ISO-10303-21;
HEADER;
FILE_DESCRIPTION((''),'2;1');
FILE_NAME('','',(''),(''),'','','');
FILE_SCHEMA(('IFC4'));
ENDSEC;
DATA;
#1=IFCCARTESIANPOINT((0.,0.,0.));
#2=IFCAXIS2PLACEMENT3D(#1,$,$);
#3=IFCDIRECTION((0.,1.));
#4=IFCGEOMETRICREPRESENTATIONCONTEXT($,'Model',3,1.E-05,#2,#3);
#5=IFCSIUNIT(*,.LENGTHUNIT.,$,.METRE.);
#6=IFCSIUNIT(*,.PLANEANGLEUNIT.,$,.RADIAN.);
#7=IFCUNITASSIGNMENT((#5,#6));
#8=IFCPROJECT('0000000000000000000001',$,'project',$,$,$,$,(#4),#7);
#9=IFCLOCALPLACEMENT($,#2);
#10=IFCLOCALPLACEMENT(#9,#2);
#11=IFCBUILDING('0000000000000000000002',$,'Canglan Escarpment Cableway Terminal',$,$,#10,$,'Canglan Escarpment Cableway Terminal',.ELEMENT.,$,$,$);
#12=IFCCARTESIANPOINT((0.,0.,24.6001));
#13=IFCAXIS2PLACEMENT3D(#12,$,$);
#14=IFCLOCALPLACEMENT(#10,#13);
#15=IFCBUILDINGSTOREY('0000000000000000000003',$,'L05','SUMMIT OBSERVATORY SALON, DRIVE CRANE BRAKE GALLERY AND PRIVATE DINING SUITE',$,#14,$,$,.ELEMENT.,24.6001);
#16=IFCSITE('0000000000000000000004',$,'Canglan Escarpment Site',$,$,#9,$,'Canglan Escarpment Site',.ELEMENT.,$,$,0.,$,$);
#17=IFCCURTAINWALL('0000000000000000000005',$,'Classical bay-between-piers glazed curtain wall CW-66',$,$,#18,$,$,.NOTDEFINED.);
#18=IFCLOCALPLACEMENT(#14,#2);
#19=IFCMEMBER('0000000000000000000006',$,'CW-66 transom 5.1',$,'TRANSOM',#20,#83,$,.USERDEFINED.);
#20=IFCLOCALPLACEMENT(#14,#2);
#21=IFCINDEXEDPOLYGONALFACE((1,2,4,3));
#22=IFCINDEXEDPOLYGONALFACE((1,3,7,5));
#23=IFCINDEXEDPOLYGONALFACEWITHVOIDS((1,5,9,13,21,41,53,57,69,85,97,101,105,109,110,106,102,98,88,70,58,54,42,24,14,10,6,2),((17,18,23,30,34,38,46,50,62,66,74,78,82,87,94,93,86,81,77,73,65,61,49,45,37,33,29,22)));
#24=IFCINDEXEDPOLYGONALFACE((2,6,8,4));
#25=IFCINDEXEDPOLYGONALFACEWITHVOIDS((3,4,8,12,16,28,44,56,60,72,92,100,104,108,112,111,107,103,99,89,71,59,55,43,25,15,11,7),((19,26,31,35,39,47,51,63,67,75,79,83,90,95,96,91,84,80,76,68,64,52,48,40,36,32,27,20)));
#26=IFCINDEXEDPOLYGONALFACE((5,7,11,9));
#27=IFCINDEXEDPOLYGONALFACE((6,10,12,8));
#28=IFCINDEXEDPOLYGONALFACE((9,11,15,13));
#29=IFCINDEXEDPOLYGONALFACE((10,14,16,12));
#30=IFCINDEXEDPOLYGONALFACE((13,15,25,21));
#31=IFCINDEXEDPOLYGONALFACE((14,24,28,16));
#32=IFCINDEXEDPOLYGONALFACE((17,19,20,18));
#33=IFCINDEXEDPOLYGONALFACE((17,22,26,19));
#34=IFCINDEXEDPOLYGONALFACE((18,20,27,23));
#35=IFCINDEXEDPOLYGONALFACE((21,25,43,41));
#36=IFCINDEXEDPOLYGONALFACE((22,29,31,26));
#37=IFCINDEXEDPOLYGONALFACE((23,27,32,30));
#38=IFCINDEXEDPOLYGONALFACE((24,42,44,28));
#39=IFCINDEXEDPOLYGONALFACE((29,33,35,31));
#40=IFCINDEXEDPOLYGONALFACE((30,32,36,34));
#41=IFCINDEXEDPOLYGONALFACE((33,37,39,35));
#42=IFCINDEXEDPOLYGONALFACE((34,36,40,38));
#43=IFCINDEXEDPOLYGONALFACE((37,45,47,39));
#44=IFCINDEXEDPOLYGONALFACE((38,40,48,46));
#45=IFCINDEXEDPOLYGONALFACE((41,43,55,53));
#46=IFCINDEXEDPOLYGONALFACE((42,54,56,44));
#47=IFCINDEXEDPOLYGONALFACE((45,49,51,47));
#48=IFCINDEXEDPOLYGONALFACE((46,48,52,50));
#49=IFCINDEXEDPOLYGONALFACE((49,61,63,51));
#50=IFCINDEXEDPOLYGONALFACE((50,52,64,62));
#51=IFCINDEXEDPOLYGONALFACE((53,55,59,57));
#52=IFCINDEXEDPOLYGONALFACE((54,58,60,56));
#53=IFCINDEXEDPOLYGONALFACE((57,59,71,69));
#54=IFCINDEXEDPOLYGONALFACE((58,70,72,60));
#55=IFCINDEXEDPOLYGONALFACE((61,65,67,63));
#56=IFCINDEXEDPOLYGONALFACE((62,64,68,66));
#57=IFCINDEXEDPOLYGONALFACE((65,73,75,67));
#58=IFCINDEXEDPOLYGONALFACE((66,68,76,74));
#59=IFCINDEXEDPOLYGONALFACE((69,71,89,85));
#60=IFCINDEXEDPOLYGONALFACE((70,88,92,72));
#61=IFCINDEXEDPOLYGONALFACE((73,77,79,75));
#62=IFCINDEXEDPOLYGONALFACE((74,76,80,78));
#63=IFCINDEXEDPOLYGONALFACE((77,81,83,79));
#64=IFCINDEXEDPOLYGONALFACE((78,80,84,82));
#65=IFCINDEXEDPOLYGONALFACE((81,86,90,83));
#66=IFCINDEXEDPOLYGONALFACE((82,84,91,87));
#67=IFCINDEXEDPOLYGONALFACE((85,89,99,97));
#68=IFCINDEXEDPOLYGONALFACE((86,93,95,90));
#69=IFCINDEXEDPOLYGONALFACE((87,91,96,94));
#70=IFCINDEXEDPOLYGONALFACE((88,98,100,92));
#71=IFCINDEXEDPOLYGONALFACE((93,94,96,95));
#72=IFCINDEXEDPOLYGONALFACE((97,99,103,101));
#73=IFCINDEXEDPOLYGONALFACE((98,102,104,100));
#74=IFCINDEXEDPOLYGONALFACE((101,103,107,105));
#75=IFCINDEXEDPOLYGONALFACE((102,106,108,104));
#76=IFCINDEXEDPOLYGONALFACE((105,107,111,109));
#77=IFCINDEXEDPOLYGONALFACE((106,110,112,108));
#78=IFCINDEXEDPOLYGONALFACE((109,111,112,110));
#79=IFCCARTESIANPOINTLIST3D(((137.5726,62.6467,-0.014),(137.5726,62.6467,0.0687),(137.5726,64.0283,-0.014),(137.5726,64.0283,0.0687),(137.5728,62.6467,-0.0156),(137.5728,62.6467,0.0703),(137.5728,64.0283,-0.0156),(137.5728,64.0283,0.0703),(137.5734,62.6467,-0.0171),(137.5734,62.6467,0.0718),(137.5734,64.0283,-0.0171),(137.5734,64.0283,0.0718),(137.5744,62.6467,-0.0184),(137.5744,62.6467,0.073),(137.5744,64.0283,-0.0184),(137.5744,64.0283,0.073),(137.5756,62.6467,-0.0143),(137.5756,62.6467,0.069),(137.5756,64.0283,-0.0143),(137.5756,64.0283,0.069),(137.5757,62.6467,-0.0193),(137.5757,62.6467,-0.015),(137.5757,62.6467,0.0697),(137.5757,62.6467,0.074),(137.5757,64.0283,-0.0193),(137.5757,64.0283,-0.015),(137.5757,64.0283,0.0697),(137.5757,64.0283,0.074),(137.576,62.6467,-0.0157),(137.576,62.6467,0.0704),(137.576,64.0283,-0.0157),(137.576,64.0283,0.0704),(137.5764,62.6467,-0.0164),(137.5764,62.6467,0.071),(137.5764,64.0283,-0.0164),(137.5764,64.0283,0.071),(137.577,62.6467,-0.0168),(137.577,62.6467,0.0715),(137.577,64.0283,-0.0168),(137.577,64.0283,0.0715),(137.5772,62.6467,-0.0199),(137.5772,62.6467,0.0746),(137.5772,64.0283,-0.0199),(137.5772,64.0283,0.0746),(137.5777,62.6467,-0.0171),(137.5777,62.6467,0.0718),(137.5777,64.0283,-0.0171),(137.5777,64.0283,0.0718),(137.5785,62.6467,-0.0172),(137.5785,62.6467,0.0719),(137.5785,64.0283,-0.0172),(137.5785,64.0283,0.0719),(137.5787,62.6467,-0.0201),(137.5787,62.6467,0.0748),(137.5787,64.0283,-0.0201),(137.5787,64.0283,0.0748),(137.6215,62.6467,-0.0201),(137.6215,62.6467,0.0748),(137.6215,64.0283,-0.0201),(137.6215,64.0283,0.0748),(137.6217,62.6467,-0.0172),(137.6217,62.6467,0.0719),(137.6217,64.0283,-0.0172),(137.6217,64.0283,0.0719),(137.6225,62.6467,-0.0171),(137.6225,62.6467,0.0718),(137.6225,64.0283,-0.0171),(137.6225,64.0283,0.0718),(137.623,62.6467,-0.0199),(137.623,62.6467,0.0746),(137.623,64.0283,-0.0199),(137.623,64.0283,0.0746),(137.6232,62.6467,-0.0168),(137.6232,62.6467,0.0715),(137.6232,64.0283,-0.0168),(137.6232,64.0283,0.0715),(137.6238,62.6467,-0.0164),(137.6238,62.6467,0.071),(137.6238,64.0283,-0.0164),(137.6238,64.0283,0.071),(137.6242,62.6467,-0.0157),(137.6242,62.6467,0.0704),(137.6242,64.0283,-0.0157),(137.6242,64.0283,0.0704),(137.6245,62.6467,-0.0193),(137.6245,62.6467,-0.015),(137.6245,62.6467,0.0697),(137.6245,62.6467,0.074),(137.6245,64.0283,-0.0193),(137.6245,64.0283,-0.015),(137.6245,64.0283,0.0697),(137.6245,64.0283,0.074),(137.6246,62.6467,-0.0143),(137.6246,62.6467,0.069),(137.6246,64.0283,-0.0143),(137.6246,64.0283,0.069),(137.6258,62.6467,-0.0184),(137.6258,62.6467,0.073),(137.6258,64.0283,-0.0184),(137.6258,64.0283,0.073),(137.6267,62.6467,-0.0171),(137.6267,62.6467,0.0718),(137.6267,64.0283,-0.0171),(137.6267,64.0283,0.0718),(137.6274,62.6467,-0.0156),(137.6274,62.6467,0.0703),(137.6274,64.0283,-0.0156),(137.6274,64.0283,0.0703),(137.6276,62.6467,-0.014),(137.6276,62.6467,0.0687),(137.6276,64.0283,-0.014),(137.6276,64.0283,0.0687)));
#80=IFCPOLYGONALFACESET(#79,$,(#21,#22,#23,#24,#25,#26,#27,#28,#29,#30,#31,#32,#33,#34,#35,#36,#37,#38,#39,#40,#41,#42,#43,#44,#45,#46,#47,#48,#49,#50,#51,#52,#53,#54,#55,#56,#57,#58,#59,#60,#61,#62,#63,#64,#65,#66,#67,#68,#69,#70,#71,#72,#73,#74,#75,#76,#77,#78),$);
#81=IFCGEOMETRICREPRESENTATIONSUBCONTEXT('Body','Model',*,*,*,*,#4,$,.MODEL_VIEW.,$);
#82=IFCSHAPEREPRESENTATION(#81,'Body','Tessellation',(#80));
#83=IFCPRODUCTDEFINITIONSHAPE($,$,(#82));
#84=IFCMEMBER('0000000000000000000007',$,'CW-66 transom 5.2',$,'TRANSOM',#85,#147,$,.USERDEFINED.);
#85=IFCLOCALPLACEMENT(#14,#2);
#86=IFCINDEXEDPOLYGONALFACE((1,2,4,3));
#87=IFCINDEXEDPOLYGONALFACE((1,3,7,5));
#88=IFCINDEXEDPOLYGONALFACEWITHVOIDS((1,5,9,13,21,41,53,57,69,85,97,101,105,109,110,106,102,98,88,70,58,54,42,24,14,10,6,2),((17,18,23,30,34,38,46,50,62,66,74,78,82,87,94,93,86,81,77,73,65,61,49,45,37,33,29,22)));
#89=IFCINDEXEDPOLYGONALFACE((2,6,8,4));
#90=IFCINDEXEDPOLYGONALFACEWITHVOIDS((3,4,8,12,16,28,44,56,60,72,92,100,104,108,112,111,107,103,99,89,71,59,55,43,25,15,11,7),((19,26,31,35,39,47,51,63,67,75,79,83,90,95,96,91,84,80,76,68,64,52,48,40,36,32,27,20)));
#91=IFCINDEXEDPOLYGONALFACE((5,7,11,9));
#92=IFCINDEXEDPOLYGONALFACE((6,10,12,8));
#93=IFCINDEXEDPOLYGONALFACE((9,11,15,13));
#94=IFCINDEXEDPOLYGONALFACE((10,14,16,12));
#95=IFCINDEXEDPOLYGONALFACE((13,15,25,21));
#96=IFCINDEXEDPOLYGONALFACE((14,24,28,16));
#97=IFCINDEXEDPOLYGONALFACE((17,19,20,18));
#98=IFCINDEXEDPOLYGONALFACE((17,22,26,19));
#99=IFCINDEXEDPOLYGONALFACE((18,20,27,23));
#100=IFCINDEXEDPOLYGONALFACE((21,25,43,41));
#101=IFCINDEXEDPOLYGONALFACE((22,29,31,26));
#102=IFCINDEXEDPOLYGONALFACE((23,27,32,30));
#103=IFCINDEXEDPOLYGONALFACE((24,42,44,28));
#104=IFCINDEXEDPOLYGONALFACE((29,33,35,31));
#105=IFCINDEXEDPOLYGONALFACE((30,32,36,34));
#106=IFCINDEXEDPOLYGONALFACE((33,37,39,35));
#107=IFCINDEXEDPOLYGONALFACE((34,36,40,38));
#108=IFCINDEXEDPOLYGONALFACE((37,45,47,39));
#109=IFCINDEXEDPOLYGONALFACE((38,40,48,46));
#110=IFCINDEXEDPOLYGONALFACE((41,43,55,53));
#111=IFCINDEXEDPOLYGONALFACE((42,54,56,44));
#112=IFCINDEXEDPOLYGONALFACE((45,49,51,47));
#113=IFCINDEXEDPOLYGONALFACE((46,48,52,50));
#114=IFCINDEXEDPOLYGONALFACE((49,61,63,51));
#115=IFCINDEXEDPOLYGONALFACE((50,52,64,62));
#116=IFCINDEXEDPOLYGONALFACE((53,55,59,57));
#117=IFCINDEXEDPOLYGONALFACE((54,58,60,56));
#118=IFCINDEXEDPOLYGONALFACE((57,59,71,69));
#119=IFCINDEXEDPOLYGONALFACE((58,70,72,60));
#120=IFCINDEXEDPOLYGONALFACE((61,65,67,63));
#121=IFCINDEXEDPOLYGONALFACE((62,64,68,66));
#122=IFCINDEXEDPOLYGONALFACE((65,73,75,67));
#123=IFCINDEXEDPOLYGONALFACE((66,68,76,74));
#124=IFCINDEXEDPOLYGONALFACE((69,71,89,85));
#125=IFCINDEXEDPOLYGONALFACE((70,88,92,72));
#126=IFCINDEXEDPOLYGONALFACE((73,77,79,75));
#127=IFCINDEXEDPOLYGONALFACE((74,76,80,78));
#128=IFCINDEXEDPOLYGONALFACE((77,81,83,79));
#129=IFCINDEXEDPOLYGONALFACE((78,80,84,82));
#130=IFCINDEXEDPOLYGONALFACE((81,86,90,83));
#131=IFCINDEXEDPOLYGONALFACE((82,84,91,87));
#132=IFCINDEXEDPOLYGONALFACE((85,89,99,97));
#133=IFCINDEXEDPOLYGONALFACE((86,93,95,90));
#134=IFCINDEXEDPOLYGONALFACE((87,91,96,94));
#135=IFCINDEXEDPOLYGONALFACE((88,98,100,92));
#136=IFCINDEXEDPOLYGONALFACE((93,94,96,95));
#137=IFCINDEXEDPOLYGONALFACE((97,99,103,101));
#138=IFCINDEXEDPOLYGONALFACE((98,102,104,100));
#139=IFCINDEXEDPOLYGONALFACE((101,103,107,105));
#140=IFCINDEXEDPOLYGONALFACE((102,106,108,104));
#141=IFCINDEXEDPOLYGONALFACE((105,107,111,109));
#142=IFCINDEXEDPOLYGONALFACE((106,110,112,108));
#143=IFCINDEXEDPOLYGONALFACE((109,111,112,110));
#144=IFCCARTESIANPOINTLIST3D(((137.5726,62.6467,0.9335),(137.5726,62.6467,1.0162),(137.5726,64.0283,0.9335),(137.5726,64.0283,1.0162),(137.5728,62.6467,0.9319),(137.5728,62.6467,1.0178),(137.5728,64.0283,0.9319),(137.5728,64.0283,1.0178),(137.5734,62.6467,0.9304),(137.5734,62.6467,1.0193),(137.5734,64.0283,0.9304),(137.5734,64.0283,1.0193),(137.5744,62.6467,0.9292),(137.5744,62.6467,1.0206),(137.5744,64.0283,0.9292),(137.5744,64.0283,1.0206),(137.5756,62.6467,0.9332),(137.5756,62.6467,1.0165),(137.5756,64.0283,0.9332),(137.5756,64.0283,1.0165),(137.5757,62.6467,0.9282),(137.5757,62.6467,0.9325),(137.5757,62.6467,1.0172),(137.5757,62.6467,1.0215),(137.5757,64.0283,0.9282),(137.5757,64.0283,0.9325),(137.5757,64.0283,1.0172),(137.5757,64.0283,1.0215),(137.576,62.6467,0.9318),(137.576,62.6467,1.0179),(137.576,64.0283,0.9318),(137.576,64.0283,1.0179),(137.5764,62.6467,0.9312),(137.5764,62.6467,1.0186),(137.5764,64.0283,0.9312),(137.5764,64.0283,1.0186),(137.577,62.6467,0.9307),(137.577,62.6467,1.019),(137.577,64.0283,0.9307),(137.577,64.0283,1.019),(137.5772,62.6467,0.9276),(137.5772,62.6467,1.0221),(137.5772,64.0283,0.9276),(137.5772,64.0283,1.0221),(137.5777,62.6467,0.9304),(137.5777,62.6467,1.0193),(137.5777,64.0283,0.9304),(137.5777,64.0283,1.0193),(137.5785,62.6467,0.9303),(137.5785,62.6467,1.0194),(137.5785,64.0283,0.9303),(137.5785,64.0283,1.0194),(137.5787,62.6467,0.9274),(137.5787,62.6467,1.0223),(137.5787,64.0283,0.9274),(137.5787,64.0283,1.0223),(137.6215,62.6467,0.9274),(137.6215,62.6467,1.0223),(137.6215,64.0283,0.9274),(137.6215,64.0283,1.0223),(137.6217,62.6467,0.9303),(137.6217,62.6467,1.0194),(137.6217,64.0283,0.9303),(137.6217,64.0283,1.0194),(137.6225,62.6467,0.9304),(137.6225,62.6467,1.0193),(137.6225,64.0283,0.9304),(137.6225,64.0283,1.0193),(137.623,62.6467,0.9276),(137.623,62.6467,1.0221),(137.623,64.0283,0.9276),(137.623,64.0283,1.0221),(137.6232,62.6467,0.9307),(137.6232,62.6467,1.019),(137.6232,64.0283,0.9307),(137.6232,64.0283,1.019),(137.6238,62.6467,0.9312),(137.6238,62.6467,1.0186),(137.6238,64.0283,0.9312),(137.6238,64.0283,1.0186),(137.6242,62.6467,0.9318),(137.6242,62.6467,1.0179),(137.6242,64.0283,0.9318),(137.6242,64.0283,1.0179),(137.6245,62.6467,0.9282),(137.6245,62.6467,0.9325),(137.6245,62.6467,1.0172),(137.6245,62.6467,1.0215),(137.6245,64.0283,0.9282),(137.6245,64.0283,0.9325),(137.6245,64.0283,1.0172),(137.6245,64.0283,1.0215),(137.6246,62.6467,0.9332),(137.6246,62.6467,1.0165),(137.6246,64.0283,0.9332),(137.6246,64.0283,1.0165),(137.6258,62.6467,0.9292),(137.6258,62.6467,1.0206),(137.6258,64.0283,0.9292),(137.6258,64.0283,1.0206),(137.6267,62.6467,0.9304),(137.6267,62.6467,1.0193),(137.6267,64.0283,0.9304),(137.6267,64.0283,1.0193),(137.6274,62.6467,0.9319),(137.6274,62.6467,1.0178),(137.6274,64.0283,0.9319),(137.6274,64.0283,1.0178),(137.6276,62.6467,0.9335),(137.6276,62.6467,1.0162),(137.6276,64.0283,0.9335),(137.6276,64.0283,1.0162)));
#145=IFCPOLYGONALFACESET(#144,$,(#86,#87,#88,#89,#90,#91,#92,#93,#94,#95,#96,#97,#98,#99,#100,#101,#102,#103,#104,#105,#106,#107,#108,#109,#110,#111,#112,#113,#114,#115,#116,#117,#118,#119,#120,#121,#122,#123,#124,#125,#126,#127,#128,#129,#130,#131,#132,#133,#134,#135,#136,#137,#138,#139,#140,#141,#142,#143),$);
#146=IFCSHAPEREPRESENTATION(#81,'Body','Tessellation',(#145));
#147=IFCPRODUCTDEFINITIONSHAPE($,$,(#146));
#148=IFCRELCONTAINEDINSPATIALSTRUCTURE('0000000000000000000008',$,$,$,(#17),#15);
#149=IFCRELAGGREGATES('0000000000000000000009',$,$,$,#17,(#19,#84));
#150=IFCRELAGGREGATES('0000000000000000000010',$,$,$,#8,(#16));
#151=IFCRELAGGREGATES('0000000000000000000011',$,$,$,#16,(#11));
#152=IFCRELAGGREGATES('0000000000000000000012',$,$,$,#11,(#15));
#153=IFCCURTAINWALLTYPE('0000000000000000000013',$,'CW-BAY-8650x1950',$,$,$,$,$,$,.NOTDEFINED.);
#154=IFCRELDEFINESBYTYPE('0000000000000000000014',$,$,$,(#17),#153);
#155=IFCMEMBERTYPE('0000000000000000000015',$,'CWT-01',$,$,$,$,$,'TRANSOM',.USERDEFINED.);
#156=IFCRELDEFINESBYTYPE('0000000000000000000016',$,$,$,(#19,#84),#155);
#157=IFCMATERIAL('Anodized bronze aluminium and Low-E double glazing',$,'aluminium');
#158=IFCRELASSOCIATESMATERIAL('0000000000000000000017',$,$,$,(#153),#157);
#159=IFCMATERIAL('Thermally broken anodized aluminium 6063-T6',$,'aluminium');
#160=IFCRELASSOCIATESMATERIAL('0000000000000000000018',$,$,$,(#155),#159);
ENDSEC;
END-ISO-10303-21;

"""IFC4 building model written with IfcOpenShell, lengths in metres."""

from ifc_helpers import new_model, si_unit, direction, frame, origin, origin_2d, place, context, subcontext, project, spatial, hollow_rectangle, extrude, material, material_profile, profile_set, type_object, element, aggregate, save


model = new_model("IFC4")

# Units and contexts
model_context = context("Model", 3, precision=1e-05, world=origin(), true_north=direction((0.0, 1.0)))
body_context = subcontext(model_context, "Body", "Model", "MODEL_VIEW")
ifc_project = project(units=[si_unit("LENGTHUNIT", "METRE"), si_unit("PLANEANGLEUNIT", "RADIAN")], contexts=[model_context])

# Site, building, storey
site_placement = place(None, origin())
site = spatial("IfcSite", under=ifc_project, at=site_placement, Name="Canglan Escarpment Site", LongName="Canglan Escarpment Site", CompositionType="ELEMENT", RefElevation=0.0)
building_placement = place(site_placement, origin())
building = spatial("IfcBuilding", under=site, at=building_placement, Name="Canglan Escarpment Cableway Terminal", LongName="Canglan Escarpment Cableway Terminal", CompositionType="ELEMENT")
storey_placement = place(building_placement, frame((0.0, 0.0, 24.6001)))
storey = spatial("IfcBuildingStorey", under=building, at=storey_placement, Name="L05", Description="SUMMIT OBSERVATORY SALON, DRIVE CRANE BRAKE GALLERY AND PRIVATE DINING SUITE", CompositionType="ELEMENT", Elevation=24.6001)

# Curtain wall, members
ifc_material_1 = material(Name="Anodized bronze aluminium and Low-E double glazing", Category="aluminium")
curtain_wall_type = type_object("IfcCurtainWallType", Name="CW-BAY-8650x1950", PredefinedType="NOTDEFINED", material=ifc_material_1)
curtain_wall_placement = place(storey_placement, origin())
curtain_wall = element("IfcCurtainWall", 1, at=curtain_wall_placement, inside=storey, type_object=curtain_wall_type, Name="Classical bay-between-piers glazed curtain wall CW-66", PredefinedType="NOTDEFINED")
ifc_material_2 = material(Name="Thermally broken anodized aluminium 6063-T6", Category="aluminium")
ifc_material_profile_1 = material_profile(ifc_material_2, hollow_rectangle(XDim=0.0549, YDim=0.095, WallThickness=0.0029, InnerFilletRadius=0.0029, OuterFilletRadius=0.0061, at=origin_2d()), Name="ALU-TRAN 55x95x3")
ifc_profile_set_1 = profile_set([ifc_material_profile_1], Name="Thermally broken anodized aluminium 6063-T6")
member_type_1 = type_object("IfcMemberType", Name="CWT-01", ElementType="TRANSOM", PredefinedType="USERDEFINED", material=ifc_profile_set_1)
member_1_placement = place(storey_placement, frame((137.6001, 64.0283, 0.0273), z_axis=(0.0, -1.0, 0.0), x_axis=(1.0, 0.0, 0.0)))
member_1 = element("IfcMember", 2, at=member_1_placement, type_object=member_type_1, Name="CW-66 transom 5.1", ObjectType="TRANSOM", PredefinedType="USERDEFINED", context=body_context, shape_type="SweptSolid", body=[
    extrude(hollow_rectangle(XDim=0.0549, YDim=0.095, WallThickness=0.0029, InnerFilletRadius=0.0029, OuterFilletRadius=0.0061, at=origin_2d()), origin(), (0.0, 0.0, 1.0), 1.3816),
])
member_2_placement = place(storey_placement, frame((137.6001, 64.0283, 0.9749), z_axis=(0.0, -1.0, 0.0), x_axis=(1.0, 0.0, 0.0)))
member_2 = element("IfcMember", 3, at=member_2_placement, type_object=member_type_1, Name="CW-66 transom 5.2", ObjectType="TRANSOM", PredefinedType="USERDEFINED", context=body_context, shape_type="SweptSolid", body=[
    extrude(hollow_rectangle(XDim=0.0549, YDim=0.095, WallThickness=0.0029, InnerFilletRadius=0.0029, OuterFilletRadius=0.0061, at=origin_2d()), origin(), (0.0, 0.0, 1.0), 1.3816),
])
aggregate(curtain_wall, [member_1, member_2])

save(model, "model.ifc")
